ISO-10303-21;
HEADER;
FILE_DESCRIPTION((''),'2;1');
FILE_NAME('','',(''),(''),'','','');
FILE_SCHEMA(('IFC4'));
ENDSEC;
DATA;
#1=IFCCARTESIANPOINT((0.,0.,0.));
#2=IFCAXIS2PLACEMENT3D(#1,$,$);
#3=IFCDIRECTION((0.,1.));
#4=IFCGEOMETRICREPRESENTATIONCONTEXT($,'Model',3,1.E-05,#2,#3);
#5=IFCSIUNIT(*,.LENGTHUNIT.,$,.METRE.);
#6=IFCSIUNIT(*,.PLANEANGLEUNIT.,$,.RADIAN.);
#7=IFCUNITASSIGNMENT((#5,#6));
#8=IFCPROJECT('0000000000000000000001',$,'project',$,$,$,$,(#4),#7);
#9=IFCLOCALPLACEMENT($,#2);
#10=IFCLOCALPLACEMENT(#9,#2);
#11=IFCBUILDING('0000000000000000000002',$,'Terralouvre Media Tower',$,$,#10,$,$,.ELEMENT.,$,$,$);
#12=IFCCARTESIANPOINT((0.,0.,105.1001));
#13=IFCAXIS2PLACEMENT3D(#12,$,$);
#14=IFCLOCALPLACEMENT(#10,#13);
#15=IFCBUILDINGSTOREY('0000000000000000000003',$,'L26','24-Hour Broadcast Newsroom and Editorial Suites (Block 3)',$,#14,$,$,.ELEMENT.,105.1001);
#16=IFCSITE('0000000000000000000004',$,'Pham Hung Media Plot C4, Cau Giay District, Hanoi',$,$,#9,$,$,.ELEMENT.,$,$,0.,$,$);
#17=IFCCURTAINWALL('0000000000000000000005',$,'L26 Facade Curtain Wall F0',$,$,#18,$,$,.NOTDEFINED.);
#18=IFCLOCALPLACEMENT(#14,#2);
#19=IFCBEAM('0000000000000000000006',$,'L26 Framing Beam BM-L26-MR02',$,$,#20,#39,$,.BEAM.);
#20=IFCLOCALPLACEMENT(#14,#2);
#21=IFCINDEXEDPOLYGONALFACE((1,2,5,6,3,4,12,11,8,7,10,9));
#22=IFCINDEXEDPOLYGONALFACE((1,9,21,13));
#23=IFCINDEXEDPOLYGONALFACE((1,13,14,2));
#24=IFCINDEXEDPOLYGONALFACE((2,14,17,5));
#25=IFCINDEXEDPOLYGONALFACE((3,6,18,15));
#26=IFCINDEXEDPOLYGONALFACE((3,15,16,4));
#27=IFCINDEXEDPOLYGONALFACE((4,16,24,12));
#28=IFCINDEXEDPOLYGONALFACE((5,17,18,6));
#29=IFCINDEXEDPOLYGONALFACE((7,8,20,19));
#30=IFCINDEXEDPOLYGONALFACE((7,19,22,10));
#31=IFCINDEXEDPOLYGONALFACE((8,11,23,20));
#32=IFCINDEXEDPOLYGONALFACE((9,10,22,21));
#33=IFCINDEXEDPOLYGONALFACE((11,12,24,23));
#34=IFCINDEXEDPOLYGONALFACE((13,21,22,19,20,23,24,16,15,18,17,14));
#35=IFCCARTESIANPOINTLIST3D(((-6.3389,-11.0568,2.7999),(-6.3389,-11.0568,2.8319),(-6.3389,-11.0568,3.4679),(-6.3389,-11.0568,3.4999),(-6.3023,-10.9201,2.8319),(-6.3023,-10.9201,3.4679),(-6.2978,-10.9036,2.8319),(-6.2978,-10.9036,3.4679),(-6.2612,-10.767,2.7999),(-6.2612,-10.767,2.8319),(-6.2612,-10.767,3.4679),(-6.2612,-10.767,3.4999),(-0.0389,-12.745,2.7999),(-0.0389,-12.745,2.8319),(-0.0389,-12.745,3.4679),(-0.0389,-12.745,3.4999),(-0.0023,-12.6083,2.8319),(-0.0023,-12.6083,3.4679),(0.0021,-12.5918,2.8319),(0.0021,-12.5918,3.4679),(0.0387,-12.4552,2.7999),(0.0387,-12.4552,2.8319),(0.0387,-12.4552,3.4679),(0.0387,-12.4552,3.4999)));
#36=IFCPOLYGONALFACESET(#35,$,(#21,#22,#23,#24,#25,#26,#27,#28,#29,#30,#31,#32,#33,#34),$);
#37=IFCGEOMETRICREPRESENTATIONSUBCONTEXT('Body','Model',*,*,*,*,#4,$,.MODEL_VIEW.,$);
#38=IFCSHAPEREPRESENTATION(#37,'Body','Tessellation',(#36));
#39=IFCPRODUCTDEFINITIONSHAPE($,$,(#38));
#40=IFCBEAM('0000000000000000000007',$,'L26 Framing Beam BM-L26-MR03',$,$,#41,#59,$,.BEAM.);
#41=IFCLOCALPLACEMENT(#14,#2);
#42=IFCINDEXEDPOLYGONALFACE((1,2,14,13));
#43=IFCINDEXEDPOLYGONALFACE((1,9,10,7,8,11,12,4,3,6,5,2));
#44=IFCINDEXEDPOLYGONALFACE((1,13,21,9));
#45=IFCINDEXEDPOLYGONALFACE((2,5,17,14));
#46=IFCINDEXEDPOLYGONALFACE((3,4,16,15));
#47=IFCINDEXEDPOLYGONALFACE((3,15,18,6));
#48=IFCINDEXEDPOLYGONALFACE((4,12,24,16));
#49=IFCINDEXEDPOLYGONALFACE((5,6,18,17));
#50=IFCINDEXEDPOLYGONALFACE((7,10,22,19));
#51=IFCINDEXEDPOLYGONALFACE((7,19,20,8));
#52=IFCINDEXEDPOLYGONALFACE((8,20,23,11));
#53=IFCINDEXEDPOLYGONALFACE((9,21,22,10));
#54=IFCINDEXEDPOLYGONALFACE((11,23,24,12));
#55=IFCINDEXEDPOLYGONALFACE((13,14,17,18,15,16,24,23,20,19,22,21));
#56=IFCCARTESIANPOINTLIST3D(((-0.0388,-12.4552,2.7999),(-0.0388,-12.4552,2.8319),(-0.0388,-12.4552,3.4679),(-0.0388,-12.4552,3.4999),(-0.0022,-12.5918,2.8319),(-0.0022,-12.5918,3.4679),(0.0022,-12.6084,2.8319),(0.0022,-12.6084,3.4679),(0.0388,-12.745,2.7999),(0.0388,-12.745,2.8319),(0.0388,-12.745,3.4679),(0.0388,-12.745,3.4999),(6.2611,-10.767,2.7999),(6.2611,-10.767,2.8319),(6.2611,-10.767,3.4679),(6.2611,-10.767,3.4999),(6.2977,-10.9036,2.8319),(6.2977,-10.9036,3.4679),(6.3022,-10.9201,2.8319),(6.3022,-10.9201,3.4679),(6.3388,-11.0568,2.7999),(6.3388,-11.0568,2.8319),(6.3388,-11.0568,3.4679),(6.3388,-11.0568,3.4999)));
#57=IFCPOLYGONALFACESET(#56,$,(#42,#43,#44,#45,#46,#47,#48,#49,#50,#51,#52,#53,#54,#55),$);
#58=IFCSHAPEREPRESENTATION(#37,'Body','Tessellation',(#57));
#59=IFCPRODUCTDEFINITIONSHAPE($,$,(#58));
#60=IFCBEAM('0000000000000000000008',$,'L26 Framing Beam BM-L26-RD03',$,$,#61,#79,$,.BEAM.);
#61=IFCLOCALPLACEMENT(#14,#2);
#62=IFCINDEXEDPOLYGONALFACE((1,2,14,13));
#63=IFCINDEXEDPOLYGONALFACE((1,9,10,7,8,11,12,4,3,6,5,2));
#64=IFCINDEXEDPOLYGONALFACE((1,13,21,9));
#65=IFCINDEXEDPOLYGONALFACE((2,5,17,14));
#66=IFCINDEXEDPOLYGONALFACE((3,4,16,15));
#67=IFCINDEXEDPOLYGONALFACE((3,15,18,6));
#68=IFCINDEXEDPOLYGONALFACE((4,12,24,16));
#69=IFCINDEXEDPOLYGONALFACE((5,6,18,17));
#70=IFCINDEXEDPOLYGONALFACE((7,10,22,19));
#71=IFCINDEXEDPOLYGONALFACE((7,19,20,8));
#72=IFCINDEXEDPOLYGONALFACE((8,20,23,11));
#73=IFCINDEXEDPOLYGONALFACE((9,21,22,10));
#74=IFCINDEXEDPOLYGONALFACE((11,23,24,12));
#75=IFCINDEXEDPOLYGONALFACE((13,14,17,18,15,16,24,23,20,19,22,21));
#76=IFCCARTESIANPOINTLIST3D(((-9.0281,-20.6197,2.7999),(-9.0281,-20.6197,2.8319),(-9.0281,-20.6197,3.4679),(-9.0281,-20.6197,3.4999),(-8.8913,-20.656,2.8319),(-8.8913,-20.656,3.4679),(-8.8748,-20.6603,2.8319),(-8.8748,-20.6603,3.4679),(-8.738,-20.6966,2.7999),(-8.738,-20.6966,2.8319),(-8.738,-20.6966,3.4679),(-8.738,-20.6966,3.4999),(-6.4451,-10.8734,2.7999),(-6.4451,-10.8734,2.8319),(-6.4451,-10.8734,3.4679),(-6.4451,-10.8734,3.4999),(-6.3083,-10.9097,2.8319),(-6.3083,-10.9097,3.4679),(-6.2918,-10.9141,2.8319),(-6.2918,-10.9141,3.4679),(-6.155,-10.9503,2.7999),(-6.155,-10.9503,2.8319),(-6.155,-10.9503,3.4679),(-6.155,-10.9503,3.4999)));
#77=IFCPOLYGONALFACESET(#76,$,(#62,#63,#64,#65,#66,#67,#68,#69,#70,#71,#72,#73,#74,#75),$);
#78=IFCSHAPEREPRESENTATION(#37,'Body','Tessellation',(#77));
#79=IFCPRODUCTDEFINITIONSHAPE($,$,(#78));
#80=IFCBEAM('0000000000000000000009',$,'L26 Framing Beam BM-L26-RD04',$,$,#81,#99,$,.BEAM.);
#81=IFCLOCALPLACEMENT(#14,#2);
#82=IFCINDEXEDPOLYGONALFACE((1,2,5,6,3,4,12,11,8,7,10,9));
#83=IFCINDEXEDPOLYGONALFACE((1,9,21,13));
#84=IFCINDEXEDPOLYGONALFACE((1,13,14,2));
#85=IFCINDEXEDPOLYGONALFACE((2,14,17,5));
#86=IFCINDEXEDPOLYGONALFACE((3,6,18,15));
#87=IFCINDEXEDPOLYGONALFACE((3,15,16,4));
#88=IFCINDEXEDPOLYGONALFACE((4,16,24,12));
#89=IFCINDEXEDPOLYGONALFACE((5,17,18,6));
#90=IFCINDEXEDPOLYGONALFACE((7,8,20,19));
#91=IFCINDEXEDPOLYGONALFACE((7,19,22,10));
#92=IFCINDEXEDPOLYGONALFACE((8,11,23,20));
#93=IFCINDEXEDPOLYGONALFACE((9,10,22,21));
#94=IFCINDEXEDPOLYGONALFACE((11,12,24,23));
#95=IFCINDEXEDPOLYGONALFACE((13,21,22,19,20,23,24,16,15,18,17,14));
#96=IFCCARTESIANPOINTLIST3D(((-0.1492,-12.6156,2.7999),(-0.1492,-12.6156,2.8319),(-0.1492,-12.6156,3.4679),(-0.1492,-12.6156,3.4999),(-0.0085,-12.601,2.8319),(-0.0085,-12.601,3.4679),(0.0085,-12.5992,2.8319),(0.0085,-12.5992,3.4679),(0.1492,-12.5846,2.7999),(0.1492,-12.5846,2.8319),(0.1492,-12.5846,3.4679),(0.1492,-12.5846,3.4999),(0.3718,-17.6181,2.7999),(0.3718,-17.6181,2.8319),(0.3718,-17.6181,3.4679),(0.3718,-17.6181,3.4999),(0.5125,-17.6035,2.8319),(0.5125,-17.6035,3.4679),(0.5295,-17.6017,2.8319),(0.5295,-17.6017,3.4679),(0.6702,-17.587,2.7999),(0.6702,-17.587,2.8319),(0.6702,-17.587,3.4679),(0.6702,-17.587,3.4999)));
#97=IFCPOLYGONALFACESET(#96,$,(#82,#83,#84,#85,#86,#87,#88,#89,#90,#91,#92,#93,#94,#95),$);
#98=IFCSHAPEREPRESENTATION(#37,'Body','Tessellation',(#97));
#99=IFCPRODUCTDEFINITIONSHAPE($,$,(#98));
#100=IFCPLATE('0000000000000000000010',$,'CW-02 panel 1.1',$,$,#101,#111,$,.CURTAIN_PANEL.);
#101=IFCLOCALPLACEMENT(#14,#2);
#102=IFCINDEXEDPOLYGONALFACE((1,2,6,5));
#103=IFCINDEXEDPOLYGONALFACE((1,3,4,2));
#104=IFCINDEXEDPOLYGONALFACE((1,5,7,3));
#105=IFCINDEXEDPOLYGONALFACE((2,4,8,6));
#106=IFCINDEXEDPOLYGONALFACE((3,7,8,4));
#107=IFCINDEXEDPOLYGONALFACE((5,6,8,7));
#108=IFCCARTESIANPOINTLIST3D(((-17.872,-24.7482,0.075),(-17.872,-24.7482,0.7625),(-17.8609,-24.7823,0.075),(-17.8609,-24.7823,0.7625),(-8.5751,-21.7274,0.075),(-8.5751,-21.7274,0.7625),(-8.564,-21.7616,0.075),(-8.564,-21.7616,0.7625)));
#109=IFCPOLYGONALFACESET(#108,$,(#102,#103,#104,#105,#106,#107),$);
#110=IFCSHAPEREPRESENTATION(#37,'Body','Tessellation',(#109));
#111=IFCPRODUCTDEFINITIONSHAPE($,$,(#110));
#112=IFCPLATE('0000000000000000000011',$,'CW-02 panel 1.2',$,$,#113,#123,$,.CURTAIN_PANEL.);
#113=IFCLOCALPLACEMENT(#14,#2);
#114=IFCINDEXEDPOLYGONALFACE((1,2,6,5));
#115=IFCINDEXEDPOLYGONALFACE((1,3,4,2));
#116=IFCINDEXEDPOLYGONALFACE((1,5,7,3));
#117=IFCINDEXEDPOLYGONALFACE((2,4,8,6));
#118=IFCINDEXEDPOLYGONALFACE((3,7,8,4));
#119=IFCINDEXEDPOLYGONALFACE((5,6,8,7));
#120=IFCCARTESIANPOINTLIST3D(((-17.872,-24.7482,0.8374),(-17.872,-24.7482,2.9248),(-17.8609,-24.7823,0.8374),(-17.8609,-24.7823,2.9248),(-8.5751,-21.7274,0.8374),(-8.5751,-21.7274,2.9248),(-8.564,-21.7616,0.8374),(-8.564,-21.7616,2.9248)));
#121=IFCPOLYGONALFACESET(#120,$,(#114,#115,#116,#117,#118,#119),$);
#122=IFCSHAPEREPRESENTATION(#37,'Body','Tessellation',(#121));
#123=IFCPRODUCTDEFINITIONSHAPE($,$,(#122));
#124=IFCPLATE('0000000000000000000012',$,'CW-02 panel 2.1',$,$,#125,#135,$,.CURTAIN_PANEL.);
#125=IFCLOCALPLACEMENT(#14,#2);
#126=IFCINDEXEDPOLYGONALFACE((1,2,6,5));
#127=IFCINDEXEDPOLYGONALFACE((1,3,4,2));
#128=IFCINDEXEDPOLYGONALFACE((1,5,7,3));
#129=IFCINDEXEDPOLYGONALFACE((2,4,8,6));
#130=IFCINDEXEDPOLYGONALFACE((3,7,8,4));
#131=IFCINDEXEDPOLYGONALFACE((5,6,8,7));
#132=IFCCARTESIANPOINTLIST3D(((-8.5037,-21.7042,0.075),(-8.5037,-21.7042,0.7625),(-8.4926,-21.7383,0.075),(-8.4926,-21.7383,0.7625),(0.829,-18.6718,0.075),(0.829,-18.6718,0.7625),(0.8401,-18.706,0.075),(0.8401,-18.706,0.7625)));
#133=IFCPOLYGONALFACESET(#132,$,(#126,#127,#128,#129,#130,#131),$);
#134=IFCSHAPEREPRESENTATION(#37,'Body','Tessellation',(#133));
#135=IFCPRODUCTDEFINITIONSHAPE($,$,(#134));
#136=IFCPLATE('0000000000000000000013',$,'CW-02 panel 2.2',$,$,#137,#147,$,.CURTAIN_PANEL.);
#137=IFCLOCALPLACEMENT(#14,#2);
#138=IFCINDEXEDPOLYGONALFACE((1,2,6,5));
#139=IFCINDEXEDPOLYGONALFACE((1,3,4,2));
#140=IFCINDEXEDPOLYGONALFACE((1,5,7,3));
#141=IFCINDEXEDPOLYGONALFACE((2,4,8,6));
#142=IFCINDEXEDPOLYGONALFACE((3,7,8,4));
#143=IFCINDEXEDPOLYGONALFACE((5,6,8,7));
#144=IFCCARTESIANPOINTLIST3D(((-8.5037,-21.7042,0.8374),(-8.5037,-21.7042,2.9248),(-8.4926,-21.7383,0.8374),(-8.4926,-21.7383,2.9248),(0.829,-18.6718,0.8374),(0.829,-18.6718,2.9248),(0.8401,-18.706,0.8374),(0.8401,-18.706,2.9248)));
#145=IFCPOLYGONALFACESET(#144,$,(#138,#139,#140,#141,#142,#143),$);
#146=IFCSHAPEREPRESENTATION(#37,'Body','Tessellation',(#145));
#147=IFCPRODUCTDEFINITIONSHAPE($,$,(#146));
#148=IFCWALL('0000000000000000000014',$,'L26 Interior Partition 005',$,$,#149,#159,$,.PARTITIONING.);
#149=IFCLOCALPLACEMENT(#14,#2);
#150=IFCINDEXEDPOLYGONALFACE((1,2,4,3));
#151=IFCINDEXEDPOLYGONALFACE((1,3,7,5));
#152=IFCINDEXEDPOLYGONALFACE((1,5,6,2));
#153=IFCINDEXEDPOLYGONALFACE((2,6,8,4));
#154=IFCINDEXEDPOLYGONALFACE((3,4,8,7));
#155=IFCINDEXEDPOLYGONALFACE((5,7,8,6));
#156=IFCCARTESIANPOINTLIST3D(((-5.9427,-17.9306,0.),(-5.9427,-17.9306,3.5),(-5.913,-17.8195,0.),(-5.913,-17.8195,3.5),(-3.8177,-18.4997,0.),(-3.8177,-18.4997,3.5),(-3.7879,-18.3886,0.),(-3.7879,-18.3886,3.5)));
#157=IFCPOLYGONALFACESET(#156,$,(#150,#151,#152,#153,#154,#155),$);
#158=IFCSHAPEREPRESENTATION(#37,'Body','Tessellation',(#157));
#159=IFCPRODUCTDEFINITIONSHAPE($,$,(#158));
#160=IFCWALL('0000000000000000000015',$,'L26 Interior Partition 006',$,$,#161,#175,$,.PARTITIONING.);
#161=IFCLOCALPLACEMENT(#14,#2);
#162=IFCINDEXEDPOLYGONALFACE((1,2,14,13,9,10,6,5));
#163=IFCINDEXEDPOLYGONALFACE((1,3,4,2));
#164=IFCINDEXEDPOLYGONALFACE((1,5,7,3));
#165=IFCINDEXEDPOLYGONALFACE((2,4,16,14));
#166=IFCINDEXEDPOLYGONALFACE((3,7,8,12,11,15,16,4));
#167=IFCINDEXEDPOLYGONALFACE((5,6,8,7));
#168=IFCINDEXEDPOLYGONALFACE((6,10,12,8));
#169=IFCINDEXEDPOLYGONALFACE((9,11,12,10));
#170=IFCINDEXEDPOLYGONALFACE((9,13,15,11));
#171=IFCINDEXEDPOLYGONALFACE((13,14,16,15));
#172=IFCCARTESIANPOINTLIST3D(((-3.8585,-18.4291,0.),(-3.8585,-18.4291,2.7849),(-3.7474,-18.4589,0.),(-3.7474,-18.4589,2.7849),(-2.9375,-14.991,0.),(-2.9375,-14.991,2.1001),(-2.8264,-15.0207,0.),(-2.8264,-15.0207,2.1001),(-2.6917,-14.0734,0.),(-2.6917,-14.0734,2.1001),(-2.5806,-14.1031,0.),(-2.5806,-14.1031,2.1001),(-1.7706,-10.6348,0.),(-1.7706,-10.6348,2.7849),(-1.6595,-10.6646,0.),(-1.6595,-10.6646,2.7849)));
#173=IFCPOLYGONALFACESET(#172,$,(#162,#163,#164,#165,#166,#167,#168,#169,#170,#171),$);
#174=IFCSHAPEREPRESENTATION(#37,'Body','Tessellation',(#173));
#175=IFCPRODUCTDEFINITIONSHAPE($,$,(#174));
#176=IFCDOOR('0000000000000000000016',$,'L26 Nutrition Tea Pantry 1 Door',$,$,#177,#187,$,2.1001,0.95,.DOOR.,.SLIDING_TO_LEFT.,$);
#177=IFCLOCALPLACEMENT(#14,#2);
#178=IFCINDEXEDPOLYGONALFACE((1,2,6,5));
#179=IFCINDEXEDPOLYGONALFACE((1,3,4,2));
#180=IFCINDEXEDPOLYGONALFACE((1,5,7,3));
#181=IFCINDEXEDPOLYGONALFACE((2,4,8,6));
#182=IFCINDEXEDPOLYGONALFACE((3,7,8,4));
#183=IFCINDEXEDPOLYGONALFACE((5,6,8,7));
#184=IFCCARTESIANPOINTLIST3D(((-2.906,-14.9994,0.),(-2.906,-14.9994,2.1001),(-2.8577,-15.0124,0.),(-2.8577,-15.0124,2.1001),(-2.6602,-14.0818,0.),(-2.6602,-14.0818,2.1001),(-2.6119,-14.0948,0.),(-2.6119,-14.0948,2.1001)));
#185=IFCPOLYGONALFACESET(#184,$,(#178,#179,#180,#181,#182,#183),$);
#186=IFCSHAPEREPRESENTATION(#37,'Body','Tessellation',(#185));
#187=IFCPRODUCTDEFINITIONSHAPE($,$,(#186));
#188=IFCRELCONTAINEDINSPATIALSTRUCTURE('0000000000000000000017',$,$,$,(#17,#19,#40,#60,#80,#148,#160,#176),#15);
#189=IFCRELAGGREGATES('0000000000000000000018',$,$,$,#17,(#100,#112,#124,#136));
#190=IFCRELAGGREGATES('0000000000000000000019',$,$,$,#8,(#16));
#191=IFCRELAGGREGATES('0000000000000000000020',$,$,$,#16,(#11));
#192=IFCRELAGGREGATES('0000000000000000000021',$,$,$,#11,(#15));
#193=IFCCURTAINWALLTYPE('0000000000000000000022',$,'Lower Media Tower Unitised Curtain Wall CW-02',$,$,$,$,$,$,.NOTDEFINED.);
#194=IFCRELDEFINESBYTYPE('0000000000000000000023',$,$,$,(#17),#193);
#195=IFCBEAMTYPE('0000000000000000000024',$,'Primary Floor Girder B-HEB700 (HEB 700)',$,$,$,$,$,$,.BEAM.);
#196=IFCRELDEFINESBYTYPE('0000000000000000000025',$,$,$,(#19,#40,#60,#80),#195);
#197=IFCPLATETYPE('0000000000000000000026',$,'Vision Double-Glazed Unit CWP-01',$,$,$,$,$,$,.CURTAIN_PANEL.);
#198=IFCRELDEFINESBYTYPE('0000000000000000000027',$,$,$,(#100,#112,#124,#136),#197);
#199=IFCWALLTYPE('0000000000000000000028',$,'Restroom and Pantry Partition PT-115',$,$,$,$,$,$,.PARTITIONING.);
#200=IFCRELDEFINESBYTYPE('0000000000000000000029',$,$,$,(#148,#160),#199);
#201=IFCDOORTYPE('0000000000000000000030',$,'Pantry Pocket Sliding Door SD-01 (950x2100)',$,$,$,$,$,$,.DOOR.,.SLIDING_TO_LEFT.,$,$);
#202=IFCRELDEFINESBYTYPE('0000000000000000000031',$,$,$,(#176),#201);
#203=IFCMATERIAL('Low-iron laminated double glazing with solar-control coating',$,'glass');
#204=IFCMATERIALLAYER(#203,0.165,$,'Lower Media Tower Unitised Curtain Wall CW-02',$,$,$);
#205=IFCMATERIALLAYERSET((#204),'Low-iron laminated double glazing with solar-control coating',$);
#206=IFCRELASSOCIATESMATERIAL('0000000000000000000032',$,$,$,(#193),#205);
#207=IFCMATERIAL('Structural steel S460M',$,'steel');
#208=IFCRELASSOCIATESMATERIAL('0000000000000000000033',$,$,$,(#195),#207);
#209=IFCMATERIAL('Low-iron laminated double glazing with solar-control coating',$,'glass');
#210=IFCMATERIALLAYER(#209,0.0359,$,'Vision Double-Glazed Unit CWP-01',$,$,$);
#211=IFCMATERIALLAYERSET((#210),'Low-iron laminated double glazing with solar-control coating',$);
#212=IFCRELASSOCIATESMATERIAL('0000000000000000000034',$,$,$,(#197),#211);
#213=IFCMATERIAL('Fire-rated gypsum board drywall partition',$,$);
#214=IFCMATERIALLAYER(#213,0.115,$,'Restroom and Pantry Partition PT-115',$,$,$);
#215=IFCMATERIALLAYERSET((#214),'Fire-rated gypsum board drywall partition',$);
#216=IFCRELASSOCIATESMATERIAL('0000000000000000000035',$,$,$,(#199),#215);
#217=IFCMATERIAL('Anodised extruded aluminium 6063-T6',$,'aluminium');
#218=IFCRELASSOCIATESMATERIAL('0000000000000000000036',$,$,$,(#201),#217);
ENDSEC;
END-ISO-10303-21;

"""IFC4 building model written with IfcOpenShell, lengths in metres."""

from ifc_helpers import new_model, si_unit, direction, frame, frame_2d, origin, origin_2d, place, context, subcontext, project, spatial, rectangle, i_section, extrude, material, layer, layer_set, material_profile, profile_set, type_object, element, fill, aggregate, save


model = new_model("IFC4")

# Units and contexts
model_context = context("Model", 3, precision=1e-05, world=origin(), true_north=direction((0.0, 1.0)))
body_context = subcontext(model_context, "Body", "Model", "MODEL_VIEW")
ifc_project = project(units=[si_unit("LENGTHUNIT", "METRE"), si_unit("PLANEANGLEUNIT", "RADIAN")], contexts=[model_context])

# Site, building, storey
site_placement = place(None, origin())
site = spatial("IfcSite", under=ifc_project, at=site_placement, Name="Pham Hung Media Plot C4, Cau Giay District, Hanoi", CompositionType="ELEMENT", RefElevation=0.0)
building_placement = place(site_placement, origin())
building = spatial("IfcBuilding", under=site, at=building_placement, Name="Terralouvre Media Tower", CompositionType="ELEMENT")
storey_placement = place(building_placement, frame((0.0, 0.0, 105.1001)))
storey = spatial("IfcBuildingStorey", under=building, at=storey_placement, Name="L26", Description="24-Hour Broadcast Newsroom and Editorial Suites (Block 3)", CompositionType="ELEMENT", Elevation=105.1001)

# Curtain wall
ifc_material_1 = material(Name="Low-iron laminated double glazing with solar-control coating", Category="glass")
ifc_layer_1 = layer(ifc_material_1, 0.165, Name="Lower Media Tower Unitised Curtain Wall CW-02")
ifc_layer_set_1 = layer_set([ifc_layer_1], Name="Low-iron laminated double glazing with solar-control coating")
curtain_wall_type_1 = type_object("IfcCurtainWallType", Name="Lower Media Tower Unitised Curtain Wall CW-02", PredefinedType="NOTDEFINED", material=ifc_layer_set_1)
curtain_wall_1_placement = place(storey_placement, origin())
curtain_wall_1 = element("IfcCurtainWall", 1, at=curtain_wall_1_placement, inside=storey, type_object=curtain_wall_type_1, Name="L26 Facade Curtain Wall F0", PredefinedType="NOTDEFINED")

# Beams
ifc_material_2 = material(Name="Structural steel S460M", Category="steel")
ifc_material_profile_1 = material_profile(ifc_material_2, i_section(OverallWidth=0.3, OverallDepth=0.7, WebThickness=0.0171, FlangeThickness=0.032, at=origin_2d()), Name="HEB 700")
ifc_profile_set_1 = profile_set([ifc_material_profile_1], Name="Structural steel S460M")
beam_type_1 = type_object("IfcBeamType", Name="Primary Floor Girder B-HEB700 (HEB 700)", PredefinedType="BEAM", material=ifc_profile_set_1)
for number, where, z_axis, x_axis, name in (
    (2, (-6.3, -10.9119, 3.1499), (0.96592, -0.258839, 0.0), (0.258839, 0.96592, 0.0), "L26 Framing Beam BM-L26-MR02"),
    (3, (0.0, -12.6001, 3.1499), (0.96592, 0.258839, 0.0), (-0.258839, 0.96592, 0.0), "L26 Framing Beam BM-L26-MR03"),
):
    element("IfcBeam", number, at=place(storey_placement, frame(where, z_axis=z_axis, x_axis=x_axis)), inside=storey, type_object=beam_type_1, Name=name, PredefinedType="BEAM", context=body_context, shape_type="SweptSolid", body=[
        extrude(i_section(OverallWidth=0.3, OverallDepth=0.7, WebThickness=0.0171, FlangeThickness=0.032, at=origin_2d()), origin(), (0.0, 0.0, 1.0), 6.5222),
    ])
beam_1_placement = place(storey_placement, frame((-6.3, -10.9119, 3.1499), z_axis=(-0.256179, -0.966629, 0.0), x_axis=(0.966629, -0.256179, 0.0)))
element("IfcBeam", 4, at=beam_1_placement, inside=storey, type_object=beam_type_1, Name="L26 Framing Beam BM-L26-RD03", PredefinedType="BEAM", context=body_context, shape_type="SweptSolid", body=[
    extrude(i_section(OverallWidth=0.3, OverallDepth=0.7, WebThickness=0.0171, FlangeThickness=0.032, at=origin_2d()), origin(), (0.0, 0.0, 1.0), 10.0828),
])
beam_2_placement = place(storey_placement, frame((0.0, -12.6001, 3.1499), z_axis=(0.103588, -0.99462, 0.0), x_axis=(0.99462, 0.103588, 0.0)))
element("IfcBeam", 5, at=beam_2_placement, inside=storey, type_object=beam_type_1, Name="L26 Framing Beam BM-L26-RD04", PredefinedType="BEAM", context=body_context, shape_type="SweptSolid", body=[
    extrude(i_section(OverallWidth=0.3, OverallDepth=0.7, WebThickness=0.0171, FlangeThickness=0.032, at=origin_2d()), origin(), (0.0, 0.0, 1.0), 5.0295),
])

# Plates
ifc_material_3 = material(Name="Low-iron laminated double glazing with solar-control coating", Category="glass")
ifc_layer_2 = layer(ifc_material_3, 0.0359, Name="Vision Double-Glazed Unit CWP-01")
ifc_layer_set_2 = layer_set([ifc_layer_2], Name="Low-iron laminated double glazing with solar-control coating")
plate_type = type_object("IfcPlateType", Name="Vision Double-Glazed Unit CWP-01", PredefinedType="CURTAIN_PANEL", material=ifc_layer_set_2)
plate_1_placement = place(storey_placement, frame((-13.218, -23.2549, 0.075), z_axis=(0.0, 0.0, 1.0), x_axis=(0.951057, 0.309017, 0.0)))
plate_1 = element("IfcPlate", 6, at=plate_1_placement, type_object=plate_type, Name="CW-02 panel 1.1", PredefinedType="CURTAIN_PANEL", context=body_context, shape_type="SweptSolid", body=[
    extrude(rectangle(XDim=9.7754, YDim=0.0359, at=origin_2d()), origin(), (0.0, 0.0, 1.0), 0.6875),
])
plate_2_placement = place(storey_placement, frame((-13.218, -23.2549, 0.8374), z_axis=(0.0, 0.0, 1.0), x_axis=(0.951057, 0.309017, 0.0)))
plate_2 = element("IfcPlate", 7, at=plate_2_placement, type_object=plate_type, Name="CW-02 panel 1.2", PredefinedType="CURTAIN_PANEL", context=body_context, shape_type="SweptSolid", body=[
    extrude(rectangle(XDim=9.7754, YDim=0.0359, at=origin_2d()), origin(), (0.0, 0.0, 1.0), 2.0874),
])
plate_3_placement = place(storey_placement, frame((-3.8318, -20.2051, 0.075), z_axis=(0.0, 0.0, 1.0), x_axis=(0.951057, 0.309017, 0.0)))
plate_3 = element("IfcPlate", 8, at=plate_3_placement, type_object=plate_type, Name="CW-02 panel 2.1", PredefinedType="CURTAIN_PANEL", context=body_context, shape_type="SweptSolid", body=[
    extrude(rectangle(XDim=9.813, YDim=0.0359, at=origin_2d()), origin(), (0.0, 0.0, 1.0), 0.6875),
])
plate_4_placement = place(storey_placement, frame((-3.8318, -20.2051, 0.8374), z_axis=(0.0, 0.0, 1.0), x_axis=(0.951057, 0.309017, 0.0)))
plate_4 = element("IfcPlate", 9, at=plate_4_placement, type_object=plate_type, Name="CW-02 panel 2.2", PredefinedType="CURTAIN_PANEL", context=body_context, shape_type="SweptSolid", body=[
    extrude(rectangle(XDim=9.813, YDim=0.0359, at=origin_2d()), origin(), (0.0, 0.0, 1.0), 2.0874),
])
aggregate(curtain_wall_1, [plate_1, plate_2, plate_3, plate_4])

# Wall
ifc_material_4 = material(Name="Fire-rated gypsum board drywall partition")
ifc_layer_3 = layer(ifc_material_4, 0.115, Name="Restroom and Pantry Partition PT-115")
ifc_layer_set_3 = layer_set([ifc_layer_3], Name="Fire-rated gypsum board drywall partition")
wall_type = type_object("IfcWallType", Name="Restroom and Pantry Partition PT-115", PredefinedType="PARTITIONING", material=ifc_layer_set_3)
wall_1_placement = place(storey_placement, frame((-5.928, -17.875, 0.0), z_axis=(0.0, 0.0, 1.0), x_axis=(0.96596, -0.258692, 0.0)))
element("IfcWall", 10, at=wall_1_placement, inside=storey, type_object=wall_type, Name="L26 Interior Partition 005", PredefinedType="PARTITIONING", context=body_context, shape_type="SweptSolid", body=[
    extrude(rectangle(XDim=2.2, YDim=0.115, at=frame_2d((1.1001, 0.0))), origin(), (0.0, 0.0, 1.0), 3.5),
])

# Wall, opening, door
wall_2_placement = place(storey_placement, frame((-3.803, -18.4441, 0.0), z_axis=(0.0, 0.0, 1.0), x_axis=(0.258755, 0.965943, 0.0)))
wall_2 = element("IfcWall", 11, at=wall_2_placement, inside=storey, type_object=wall_type, Name="L26 Interior Partition 006", PredefinedType="PARTITIONING", context=body_context, shape_type="SweptSolid", body=[
    extrude(rectangle(XDim=8.0691, YDim=0.115, at=frame_2d((4.0347, 0.0))), origin(), (0.0, 0.0, 1.0), 2.7849),
])
opening_placement = place(wall_2_placement, frame((3.5593, 0.0, 0.0)))
opening = element("IfcOpeningElement", 12, at=opening_placement, cuts=wall_2, PredefinedType="OPENING", context=body_context, shape_type="SweptSolid", body=[
    extrude(rectangle(XDim=0.95, YDim=2.1001, at=frame_2d((0.4751, 1.05))), frame((0.0, 0.0674, 0.0), z_axis=(0.0, -1.0, 0.0), x_axis=(1.0, 0.0, 0.0)), (0.0, 0.0, 1.0), 0.135),
])
ifc_material_5 = material(Name="Anodised extruded aluminium 6063-T6", Category="aluminium")
door_type = type_object("IfcDoorType", Name="Pantry Pocket Sliding Door SD-01 (950x2100)", OperationType="SLIDING_TO_LEFT", PredefinedType="DOOR", material=ifc_material_5)
door_placement = place(opening_placement, origin())
door = element("IfcDoor", 13, at=door_placement, inside=storey, type_object=door_type, Name="L26 Nutrition Tea Pantry 1 Door", OperationType="SLIDING_TO_LEFT", OverallHeight=2.1001, OverallWidth=0.95, PredefinedType="DOOR", context=body_context, shape_type="SweptSolid", body=[
    extrude(rectangle(XDim=0.95, YDim=2.1001, at=frame_2d((0.4751, 1.05))), frame((0.0, 0.0249, 0.0), z_axis=(0.0, -1.0, 0.0), x_axis=(1.0, 0.0, 0.0)), (0.0, 0.0, 1.0), 0.05),
])
fill(opening, door)

save(model, "model.ifc")
